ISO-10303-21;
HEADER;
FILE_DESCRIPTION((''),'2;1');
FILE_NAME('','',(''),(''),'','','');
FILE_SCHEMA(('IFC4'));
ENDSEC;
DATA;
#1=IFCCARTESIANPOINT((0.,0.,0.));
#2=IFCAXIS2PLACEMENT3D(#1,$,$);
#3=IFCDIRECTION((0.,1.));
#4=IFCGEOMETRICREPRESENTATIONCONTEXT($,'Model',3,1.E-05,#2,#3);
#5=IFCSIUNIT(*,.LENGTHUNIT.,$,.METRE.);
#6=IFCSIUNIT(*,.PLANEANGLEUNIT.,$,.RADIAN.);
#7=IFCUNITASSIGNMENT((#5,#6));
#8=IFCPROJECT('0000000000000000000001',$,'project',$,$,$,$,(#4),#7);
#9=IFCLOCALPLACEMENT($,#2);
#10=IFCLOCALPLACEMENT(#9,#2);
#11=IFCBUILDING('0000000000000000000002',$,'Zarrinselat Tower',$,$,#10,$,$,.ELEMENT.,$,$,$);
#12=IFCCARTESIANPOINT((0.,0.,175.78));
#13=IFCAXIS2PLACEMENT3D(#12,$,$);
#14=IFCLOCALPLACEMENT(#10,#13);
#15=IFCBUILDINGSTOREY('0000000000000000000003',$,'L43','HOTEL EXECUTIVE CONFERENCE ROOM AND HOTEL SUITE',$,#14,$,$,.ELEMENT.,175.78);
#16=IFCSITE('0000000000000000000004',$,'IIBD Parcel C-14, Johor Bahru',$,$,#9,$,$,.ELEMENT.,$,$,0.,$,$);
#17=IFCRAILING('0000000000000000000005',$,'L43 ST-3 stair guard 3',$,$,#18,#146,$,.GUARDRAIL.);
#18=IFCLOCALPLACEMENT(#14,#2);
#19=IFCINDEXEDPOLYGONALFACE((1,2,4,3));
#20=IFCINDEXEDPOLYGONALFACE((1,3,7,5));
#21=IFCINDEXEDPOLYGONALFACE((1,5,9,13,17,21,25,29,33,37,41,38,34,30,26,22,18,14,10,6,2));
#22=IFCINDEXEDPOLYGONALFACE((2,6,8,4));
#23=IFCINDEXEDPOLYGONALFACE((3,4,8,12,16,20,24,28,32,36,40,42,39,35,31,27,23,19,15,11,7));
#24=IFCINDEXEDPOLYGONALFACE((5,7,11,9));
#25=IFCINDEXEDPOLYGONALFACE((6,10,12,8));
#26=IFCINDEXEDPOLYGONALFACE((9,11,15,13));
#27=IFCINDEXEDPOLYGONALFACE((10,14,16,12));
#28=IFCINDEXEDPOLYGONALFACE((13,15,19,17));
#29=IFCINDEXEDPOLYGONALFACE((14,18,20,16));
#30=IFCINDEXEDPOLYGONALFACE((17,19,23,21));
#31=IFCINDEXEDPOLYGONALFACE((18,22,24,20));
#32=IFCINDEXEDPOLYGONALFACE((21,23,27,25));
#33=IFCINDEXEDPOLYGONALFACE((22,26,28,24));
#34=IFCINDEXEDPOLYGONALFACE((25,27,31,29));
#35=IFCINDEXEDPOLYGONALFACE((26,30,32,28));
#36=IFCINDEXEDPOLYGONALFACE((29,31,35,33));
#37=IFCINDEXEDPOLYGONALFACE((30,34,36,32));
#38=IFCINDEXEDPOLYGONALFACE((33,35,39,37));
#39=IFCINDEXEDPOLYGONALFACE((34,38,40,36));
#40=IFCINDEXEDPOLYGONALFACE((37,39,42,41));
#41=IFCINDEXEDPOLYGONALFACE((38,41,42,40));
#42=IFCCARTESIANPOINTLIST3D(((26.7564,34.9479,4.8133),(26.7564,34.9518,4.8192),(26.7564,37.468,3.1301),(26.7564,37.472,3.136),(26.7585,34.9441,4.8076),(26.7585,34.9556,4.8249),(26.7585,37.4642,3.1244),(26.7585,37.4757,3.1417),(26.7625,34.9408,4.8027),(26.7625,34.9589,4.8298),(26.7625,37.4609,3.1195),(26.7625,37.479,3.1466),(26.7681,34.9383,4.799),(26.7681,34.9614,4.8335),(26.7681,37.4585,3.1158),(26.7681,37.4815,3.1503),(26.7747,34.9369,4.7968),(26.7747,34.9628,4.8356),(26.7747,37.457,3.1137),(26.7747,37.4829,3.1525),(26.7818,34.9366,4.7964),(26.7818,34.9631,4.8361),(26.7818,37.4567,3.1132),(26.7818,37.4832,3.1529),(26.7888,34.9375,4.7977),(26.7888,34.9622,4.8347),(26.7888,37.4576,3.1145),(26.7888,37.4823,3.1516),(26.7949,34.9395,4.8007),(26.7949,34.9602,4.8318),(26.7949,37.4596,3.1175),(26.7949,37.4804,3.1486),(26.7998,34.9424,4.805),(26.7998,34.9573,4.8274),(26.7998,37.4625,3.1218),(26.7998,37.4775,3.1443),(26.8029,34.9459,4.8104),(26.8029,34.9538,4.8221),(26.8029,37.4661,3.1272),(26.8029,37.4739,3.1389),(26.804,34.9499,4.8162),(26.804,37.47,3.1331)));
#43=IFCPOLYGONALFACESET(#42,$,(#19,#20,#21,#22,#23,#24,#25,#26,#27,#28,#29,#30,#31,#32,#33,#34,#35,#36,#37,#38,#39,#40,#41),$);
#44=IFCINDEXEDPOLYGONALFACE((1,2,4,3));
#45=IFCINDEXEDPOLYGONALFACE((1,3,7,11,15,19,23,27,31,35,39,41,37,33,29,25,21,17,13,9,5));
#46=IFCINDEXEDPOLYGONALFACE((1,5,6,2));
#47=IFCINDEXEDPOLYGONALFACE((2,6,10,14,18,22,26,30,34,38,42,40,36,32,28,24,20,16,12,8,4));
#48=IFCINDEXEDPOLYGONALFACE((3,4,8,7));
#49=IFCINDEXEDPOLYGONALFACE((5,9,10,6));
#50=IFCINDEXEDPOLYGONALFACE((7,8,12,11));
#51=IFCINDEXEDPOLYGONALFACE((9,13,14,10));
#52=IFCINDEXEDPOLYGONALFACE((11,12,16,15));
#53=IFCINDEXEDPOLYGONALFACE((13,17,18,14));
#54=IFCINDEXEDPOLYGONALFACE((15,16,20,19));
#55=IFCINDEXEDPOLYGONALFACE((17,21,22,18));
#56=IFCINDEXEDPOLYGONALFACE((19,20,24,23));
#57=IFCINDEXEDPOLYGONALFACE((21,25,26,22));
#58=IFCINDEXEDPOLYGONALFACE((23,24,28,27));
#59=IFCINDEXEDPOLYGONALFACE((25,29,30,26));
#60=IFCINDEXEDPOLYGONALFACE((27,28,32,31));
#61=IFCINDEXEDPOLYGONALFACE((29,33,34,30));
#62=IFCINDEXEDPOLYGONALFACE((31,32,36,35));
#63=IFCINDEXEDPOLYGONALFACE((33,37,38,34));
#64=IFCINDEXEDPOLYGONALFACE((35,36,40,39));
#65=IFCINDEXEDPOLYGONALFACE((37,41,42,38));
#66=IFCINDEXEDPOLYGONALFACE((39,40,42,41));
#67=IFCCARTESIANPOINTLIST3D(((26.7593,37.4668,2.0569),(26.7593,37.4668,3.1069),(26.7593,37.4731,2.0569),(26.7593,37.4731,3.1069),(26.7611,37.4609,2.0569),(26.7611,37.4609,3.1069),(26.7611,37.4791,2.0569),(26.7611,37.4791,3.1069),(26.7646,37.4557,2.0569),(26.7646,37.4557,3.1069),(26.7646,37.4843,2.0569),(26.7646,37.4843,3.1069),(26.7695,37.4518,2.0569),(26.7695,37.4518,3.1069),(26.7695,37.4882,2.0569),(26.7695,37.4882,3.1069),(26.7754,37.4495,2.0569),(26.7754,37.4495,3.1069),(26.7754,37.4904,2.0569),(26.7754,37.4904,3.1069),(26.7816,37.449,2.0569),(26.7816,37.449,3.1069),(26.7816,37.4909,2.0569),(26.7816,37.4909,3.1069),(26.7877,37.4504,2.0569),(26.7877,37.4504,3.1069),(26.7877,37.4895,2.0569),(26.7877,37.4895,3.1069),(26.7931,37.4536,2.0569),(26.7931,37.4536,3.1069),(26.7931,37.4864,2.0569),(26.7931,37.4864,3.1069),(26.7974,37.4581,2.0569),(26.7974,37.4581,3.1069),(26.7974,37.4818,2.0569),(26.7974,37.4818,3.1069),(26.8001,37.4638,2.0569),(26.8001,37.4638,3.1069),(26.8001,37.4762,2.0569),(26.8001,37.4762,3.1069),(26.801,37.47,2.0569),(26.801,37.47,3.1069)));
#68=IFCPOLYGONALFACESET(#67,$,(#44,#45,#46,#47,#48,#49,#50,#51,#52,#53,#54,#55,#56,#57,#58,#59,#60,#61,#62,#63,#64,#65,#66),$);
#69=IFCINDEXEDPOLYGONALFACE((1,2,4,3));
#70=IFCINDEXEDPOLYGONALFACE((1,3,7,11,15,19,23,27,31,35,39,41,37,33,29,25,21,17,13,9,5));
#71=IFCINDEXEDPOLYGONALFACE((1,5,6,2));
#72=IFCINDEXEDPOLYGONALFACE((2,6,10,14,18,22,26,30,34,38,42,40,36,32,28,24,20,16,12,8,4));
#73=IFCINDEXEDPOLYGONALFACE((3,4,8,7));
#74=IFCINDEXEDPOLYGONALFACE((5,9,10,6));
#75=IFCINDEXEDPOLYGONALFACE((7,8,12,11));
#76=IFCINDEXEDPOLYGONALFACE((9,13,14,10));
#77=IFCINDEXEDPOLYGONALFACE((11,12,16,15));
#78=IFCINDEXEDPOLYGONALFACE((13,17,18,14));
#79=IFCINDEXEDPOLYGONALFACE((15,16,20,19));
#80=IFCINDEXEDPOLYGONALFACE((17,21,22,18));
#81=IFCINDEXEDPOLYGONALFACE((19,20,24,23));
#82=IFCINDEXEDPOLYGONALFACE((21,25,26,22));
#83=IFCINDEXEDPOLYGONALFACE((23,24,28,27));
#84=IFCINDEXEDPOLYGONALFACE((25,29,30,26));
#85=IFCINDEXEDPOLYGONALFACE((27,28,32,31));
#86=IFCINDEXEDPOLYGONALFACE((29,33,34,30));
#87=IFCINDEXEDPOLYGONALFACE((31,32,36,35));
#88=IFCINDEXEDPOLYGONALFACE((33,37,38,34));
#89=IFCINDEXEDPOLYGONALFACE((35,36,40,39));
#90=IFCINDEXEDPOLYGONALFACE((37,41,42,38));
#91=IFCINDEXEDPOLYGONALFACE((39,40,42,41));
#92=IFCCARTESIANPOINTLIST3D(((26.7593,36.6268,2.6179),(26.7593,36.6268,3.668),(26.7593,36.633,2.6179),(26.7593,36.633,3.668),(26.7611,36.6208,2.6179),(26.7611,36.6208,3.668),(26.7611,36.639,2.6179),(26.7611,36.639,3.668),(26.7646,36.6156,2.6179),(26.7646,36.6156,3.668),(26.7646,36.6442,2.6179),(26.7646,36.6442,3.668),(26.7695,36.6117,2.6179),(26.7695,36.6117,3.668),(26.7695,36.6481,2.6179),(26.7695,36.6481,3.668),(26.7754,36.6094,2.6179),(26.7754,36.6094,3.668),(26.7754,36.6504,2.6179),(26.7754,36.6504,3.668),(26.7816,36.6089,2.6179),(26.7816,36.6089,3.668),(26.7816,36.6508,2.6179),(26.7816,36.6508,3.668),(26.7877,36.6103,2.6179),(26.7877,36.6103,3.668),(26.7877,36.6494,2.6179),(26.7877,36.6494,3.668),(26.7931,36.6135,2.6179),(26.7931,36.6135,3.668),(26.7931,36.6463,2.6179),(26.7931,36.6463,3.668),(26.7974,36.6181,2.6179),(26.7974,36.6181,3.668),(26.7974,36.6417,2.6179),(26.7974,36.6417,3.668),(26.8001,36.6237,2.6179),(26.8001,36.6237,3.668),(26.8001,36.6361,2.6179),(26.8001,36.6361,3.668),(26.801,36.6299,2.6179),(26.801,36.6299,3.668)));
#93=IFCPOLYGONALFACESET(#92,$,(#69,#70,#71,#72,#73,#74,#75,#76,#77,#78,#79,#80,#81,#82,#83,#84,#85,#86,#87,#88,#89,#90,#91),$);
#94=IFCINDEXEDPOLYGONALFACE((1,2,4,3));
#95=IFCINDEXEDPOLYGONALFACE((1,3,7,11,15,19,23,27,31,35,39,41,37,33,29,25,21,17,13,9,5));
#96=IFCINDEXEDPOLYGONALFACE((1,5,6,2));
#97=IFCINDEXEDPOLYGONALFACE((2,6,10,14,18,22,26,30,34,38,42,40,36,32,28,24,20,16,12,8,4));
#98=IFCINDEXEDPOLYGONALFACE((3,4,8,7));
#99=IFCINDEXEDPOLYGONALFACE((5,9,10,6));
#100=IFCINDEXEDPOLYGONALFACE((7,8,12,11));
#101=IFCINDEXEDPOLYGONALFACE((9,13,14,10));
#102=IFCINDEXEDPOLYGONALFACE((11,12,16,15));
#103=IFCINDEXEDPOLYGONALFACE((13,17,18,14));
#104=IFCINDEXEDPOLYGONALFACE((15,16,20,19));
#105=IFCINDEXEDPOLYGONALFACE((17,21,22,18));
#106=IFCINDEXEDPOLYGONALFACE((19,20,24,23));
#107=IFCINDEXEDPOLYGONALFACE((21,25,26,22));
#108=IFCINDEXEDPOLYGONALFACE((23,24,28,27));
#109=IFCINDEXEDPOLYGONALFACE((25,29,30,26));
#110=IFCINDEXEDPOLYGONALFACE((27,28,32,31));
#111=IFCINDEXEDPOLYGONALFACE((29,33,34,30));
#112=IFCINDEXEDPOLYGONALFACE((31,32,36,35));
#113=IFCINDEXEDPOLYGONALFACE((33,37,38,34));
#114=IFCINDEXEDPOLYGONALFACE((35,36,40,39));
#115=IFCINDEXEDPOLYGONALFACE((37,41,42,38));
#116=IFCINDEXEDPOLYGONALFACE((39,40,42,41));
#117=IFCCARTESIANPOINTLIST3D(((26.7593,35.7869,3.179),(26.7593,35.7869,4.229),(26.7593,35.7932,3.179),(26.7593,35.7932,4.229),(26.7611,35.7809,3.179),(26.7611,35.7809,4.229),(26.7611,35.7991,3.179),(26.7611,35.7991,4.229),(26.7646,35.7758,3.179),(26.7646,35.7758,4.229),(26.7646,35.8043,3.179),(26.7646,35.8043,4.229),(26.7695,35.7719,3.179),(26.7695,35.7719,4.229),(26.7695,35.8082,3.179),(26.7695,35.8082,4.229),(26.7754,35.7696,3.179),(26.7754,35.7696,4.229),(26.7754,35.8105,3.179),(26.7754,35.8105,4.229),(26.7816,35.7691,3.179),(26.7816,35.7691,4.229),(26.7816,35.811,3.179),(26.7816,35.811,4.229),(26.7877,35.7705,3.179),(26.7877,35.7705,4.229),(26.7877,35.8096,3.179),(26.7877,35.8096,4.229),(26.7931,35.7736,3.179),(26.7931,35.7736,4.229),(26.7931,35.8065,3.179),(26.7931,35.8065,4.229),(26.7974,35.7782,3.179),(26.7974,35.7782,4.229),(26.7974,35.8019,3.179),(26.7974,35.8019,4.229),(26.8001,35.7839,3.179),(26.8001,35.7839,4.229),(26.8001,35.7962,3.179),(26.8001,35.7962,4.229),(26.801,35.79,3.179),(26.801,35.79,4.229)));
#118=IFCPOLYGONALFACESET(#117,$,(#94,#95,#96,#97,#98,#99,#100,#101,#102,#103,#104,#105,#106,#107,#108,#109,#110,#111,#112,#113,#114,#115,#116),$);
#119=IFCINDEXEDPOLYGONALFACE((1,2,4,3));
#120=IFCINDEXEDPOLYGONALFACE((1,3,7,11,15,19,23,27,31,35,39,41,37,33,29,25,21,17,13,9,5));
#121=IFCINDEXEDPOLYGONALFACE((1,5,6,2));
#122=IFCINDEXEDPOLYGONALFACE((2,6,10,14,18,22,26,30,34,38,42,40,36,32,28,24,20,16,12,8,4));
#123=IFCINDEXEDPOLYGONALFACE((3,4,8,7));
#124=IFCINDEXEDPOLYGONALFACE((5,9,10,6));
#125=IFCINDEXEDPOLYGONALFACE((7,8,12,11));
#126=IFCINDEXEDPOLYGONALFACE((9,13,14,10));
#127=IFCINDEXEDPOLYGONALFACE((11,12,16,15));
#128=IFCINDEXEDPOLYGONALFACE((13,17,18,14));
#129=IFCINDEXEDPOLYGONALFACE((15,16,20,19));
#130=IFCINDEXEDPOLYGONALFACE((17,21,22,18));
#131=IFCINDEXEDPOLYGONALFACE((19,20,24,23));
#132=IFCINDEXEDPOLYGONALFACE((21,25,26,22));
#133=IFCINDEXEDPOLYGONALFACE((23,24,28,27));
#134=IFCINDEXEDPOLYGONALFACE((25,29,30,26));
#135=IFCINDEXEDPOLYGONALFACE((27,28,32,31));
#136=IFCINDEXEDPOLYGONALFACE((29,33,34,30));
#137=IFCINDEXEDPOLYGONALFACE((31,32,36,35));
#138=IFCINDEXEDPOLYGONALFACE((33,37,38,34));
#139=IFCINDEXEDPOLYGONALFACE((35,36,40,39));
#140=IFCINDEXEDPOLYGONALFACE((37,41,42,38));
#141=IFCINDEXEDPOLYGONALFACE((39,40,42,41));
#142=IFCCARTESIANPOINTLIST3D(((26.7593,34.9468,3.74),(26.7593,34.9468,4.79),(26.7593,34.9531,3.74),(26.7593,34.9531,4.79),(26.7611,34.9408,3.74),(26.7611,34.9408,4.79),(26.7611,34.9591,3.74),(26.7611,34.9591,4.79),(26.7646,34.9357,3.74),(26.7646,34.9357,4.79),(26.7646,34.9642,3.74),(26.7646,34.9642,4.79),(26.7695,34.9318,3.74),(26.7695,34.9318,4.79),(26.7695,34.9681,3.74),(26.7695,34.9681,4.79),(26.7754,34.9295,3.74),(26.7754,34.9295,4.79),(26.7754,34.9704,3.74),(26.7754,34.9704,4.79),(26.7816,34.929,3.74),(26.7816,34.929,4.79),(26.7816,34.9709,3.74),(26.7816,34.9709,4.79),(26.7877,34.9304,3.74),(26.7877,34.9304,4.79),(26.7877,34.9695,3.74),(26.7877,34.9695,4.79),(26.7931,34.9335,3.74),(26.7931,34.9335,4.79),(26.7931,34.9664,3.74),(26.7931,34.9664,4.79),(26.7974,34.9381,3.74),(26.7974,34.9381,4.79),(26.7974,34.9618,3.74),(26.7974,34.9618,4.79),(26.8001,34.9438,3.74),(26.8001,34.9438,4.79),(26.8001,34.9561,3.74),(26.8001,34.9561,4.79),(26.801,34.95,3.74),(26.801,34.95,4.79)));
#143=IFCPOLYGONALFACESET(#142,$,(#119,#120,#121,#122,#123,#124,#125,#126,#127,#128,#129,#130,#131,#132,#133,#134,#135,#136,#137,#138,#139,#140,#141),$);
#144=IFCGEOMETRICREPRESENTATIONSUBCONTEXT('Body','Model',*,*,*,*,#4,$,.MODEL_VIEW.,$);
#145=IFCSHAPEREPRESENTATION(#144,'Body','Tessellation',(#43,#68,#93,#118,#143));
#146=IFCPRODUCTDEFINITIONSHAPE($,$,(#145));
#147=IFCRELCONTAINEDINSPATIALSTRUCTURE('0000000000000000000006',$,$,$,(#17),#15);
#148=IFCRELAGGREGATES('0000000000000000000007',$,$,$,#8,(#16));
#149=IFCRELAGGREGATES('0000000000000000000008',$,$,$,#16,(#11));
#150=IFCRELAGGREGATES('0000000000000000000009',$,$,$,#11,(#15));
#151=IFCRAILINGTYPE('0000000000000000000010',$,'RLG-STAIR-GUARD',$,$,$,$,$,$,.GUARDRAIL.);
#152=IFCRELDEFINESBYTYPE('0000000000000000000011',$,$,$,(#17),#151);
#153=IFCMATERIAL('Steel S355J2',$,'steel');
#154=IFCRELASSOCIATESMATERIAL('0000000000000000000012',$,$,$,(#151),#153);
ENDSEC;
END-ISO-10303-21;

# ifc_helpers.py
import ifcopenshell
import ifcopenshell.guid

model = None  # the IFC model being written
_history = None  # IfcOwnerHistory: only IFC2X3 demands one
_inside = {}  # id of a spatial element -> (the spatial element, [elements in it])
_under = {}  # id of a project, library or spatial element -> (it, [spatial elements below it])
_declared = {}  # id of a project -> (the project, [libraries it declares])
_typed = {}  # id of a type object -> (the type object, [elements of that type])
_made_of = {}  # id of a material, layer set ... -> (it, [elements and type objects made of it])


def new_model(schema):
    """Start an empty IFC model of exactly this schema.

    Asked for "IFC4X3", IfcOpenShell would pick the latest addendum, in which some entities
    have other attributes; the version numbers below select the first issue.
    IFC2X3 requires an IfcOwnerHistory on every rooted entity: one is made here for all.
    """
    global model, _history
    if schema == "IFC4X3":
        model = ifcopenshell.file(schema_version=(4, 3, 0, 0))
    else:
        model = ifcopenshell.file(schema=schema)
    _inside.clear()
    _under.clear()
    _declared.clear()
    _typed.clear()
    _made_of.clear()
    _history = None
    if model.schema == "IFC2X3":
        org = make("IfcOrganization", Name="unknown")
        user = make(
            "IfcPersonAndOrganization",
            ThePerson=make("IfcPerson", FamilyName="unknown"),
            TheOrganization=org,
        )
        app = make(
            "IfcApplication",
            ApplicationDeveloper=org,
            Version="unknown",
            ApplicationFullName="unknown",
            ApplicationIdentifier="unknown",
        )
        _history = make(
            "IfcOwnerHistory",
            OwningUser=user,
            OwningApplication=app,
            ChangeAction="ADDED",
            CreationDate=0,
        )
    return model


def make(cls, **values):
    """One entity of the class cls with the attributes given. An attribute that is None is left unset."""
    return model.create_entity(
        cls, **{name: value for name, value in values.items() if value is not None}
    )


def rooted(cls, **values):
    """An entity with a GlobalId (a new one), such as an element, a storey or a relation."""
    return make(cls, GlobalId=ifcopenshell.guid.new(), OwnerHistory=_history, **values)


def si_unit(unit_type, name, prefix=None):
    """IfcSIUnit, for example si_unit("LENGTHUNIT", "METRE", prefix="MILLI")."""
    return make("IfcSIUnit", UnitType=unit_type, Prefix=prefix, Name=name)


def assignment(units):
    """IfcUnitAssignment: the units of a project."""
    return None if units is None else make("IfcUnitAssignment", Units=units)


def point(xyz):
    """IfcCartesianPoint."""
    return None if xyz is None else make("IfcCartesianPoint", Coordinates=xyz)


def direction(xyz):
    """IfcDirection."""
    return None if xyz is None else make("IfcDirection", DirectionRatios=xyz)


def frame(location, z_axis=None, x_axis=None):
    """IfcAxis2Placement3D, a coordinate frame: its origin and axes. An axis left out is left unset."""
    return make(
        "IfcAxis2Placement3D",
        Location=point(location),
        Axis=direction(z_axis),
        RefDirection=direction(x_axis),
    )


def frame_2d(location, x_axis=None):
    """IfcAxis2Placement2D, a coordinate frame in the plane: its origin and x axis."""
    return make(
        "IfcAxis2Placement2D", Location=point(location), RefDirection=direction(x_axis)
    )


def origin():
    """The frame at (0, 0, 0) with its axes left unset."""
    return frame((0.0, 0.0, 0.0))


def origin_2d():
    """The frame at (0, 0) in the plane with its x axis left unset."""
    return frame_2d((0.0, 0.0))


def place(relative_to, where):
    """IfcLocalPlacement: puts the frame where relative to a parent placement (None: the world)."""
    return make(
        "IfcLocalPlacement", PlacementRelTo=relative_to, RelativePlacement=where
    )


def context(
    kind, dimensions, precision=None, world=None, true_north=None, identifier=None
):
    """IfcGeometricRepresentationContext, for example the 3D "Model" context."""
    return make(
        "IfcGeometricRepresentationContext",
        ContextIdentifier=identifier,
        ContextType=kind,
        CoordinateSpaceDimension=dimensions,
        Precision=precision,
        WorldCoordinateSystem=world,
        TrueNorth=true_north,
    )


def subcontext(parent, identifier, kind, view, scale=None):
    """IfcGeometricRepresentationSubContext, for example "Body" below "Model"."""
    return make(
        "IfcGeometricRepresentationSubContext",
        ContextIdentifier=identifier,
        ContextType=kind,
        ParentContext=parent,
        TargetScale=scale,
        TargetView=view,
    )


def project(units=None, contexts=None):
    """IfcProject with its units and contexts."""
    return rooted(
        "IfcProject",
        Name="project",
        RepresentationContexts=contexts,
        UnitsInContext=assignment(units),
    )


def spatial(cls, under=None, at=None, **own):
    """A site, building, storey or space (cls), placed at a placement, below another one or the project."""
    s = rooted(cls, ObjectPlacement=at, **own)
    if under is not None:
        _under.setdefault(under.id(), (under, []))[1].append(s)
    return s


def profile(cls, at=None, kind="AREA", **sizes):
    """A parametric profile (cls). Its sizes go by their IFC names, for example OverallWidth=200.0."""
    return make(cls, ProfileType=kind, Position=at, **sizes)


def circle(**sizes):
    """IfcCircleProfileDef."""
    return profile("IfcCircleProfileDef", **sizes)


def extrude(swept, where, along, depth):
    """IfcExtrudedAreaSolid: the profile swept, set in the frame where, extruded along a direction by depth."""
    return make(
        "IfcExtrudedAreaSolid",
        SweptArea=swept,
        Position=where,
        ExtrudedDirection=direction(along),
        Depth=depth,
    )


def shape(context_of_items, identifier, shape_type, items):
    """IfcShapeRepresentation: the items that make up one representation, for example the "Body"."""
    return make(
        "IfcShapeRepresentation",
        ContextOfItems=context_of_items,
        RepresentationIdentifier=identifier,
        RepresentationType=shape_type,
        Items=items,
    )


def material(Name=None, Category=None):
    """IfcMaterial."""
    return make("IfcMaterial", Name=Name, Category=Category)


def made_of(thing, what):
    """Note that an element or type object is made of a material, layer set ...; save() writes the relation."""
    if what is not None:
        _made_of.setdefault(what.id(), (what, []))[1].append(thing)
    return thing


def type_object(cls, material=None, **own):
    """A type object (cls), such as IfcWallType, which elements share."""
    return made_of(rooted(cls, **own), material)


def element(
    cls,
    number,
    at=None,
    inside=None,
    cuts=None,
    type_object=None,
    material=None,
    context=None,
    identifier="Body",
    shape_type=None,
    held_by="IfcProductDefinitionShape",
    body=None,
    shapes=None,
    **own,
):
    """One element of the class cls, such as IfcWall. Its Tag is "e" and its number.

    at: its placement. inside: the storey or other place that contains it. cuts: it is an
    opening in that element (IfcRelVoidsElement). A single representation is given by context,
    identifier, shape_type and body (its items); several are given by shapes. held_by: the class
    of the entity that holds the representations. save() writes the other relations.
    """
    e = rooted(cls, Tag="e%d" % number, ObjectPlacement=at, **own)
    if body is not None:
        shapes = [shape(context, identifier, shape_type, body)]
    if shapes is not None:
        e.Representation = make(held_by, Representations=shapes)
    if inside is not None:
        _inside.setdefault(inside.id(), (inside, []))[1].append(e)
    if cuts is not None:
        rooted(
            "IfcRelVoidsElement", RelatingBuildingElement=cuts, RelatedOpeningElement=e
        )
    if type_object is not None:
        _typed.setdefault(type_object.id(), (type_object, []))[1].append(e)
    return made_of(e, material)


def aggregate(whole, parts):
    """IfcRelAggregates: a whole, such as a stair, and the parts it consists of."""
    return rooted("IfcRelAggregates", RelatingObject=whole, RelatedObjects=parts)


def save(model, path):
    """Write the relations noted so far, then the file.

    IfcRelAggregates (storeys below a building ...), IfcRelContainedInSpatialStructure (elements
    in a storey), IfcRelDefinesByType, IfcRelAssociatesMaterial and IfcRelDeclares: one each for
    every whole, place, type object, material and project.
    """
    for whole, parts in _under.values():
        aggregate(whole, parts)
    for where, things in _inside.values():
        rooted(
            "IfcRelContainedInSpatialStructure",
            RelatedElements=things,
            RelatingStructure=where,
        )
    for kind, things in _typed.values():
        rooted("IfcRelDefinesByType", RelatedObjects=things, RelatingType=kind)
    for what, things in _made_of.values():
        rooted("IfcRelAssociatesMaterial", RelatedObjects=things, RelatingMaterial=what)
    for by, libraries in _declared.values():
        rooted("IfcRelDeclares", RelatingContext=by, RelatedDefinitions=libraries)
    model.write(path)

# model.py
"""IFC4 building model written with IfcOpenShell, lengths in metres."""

from ifc_helpers import new_model, si_unit, direction, frame, origin, origin_2d, place, context, subcontext, project, spatial, circle, extrude, material, type_object, element, save


model = new_model("IFC4")

# Units and contexts
model_context = context("Model", 3, precision=1e-05, world=origin(), true_north=direction((0.0, 1.0)))
body_context = subcontext(model_context, "Body", "Model", "MODEL_VIEW")
ifc_project = project(units=[si_unit("LENGTHUNIT", "METRE"), si_unit("PLANEANGLEUNIT", "RADIAN")], contexts=[model_context])

# Site, building, storey
site_placement = place(None, origin())
site = spatial("IfcSite", under=ifc_project, at=site_placement, Name="IIBD Parcel C-14, Johor Bahru", CompositionType="ELEMENT", RefElevation=0.0)
building_placement = place(site_placement, origin())
building = spatial("IfcBuilding", under=site, at=building_placement, Name="Zarrinselat Tower", CompositionType="ELEMENT")
storey_placement = place(building_placement, frame((0.0, 0.0, 175.78)))
storey = spatial("IfcBuildingStorey", under=building, at=storey_placement, Name="L43", Description="HOTEL EXECUTIVE CONFERENCE ROOM AND HOTEL SUITE", CompositionType="ELEMENT", Elevation=175.78)

# Railing
ifc_material_1 = material(Name="Steel S355J2", Category="steel")
railing_type_1 = type_object("IfcRailingType", Name="RLG-STAIR-GUARD", PredefinedType="GUARDRAIL", material=ifc_material_1)
railing_1_placement = place(storey_placement, frame((26.78, 37.47, 2.0569)))
element("IfcRailing", 1, at=railing_1_placement, inside=storey, type_object=railing_type_1, Name="L43 ST-3 stair guard 3", PredefinedType="GUARDRAIL", context=body_context, shape_type="SweptSolid", body=[
    extrude(circle(Radius=0.0239, at=origin_2d()), frame((0.0, 0.0, 1.0762), z_axis=(0.0, -0.831579, 0.555406), x_axis=(1.0, 0.0, 0.0)), (0.0, 0.0, 1.0), 3.0305),
    extrude(circle(Radius=0.021, at=origin_2d()), origin(), (0.0, 0.0, 1.0), 1.05),
    extrude(circle(Radius=0.021, at=origin_2d()), frame((0.0, -0.8401, 0.561)), (0.0, 0.0, 1.0), 1.05),
    extrude(circle(Radius=0.021, at=origin_2d()), frame((0.0, -1.6799, 1.1221)), (0.0, 0.0, 1.0), 1.05),
    extrude(circle(Radius=0.021, at=origin_2d()), frame((0.0, -2.52, 1.6831)), (0.0, 0.0, 1.0), 1.05),
])

save(model, "model.ifc")
